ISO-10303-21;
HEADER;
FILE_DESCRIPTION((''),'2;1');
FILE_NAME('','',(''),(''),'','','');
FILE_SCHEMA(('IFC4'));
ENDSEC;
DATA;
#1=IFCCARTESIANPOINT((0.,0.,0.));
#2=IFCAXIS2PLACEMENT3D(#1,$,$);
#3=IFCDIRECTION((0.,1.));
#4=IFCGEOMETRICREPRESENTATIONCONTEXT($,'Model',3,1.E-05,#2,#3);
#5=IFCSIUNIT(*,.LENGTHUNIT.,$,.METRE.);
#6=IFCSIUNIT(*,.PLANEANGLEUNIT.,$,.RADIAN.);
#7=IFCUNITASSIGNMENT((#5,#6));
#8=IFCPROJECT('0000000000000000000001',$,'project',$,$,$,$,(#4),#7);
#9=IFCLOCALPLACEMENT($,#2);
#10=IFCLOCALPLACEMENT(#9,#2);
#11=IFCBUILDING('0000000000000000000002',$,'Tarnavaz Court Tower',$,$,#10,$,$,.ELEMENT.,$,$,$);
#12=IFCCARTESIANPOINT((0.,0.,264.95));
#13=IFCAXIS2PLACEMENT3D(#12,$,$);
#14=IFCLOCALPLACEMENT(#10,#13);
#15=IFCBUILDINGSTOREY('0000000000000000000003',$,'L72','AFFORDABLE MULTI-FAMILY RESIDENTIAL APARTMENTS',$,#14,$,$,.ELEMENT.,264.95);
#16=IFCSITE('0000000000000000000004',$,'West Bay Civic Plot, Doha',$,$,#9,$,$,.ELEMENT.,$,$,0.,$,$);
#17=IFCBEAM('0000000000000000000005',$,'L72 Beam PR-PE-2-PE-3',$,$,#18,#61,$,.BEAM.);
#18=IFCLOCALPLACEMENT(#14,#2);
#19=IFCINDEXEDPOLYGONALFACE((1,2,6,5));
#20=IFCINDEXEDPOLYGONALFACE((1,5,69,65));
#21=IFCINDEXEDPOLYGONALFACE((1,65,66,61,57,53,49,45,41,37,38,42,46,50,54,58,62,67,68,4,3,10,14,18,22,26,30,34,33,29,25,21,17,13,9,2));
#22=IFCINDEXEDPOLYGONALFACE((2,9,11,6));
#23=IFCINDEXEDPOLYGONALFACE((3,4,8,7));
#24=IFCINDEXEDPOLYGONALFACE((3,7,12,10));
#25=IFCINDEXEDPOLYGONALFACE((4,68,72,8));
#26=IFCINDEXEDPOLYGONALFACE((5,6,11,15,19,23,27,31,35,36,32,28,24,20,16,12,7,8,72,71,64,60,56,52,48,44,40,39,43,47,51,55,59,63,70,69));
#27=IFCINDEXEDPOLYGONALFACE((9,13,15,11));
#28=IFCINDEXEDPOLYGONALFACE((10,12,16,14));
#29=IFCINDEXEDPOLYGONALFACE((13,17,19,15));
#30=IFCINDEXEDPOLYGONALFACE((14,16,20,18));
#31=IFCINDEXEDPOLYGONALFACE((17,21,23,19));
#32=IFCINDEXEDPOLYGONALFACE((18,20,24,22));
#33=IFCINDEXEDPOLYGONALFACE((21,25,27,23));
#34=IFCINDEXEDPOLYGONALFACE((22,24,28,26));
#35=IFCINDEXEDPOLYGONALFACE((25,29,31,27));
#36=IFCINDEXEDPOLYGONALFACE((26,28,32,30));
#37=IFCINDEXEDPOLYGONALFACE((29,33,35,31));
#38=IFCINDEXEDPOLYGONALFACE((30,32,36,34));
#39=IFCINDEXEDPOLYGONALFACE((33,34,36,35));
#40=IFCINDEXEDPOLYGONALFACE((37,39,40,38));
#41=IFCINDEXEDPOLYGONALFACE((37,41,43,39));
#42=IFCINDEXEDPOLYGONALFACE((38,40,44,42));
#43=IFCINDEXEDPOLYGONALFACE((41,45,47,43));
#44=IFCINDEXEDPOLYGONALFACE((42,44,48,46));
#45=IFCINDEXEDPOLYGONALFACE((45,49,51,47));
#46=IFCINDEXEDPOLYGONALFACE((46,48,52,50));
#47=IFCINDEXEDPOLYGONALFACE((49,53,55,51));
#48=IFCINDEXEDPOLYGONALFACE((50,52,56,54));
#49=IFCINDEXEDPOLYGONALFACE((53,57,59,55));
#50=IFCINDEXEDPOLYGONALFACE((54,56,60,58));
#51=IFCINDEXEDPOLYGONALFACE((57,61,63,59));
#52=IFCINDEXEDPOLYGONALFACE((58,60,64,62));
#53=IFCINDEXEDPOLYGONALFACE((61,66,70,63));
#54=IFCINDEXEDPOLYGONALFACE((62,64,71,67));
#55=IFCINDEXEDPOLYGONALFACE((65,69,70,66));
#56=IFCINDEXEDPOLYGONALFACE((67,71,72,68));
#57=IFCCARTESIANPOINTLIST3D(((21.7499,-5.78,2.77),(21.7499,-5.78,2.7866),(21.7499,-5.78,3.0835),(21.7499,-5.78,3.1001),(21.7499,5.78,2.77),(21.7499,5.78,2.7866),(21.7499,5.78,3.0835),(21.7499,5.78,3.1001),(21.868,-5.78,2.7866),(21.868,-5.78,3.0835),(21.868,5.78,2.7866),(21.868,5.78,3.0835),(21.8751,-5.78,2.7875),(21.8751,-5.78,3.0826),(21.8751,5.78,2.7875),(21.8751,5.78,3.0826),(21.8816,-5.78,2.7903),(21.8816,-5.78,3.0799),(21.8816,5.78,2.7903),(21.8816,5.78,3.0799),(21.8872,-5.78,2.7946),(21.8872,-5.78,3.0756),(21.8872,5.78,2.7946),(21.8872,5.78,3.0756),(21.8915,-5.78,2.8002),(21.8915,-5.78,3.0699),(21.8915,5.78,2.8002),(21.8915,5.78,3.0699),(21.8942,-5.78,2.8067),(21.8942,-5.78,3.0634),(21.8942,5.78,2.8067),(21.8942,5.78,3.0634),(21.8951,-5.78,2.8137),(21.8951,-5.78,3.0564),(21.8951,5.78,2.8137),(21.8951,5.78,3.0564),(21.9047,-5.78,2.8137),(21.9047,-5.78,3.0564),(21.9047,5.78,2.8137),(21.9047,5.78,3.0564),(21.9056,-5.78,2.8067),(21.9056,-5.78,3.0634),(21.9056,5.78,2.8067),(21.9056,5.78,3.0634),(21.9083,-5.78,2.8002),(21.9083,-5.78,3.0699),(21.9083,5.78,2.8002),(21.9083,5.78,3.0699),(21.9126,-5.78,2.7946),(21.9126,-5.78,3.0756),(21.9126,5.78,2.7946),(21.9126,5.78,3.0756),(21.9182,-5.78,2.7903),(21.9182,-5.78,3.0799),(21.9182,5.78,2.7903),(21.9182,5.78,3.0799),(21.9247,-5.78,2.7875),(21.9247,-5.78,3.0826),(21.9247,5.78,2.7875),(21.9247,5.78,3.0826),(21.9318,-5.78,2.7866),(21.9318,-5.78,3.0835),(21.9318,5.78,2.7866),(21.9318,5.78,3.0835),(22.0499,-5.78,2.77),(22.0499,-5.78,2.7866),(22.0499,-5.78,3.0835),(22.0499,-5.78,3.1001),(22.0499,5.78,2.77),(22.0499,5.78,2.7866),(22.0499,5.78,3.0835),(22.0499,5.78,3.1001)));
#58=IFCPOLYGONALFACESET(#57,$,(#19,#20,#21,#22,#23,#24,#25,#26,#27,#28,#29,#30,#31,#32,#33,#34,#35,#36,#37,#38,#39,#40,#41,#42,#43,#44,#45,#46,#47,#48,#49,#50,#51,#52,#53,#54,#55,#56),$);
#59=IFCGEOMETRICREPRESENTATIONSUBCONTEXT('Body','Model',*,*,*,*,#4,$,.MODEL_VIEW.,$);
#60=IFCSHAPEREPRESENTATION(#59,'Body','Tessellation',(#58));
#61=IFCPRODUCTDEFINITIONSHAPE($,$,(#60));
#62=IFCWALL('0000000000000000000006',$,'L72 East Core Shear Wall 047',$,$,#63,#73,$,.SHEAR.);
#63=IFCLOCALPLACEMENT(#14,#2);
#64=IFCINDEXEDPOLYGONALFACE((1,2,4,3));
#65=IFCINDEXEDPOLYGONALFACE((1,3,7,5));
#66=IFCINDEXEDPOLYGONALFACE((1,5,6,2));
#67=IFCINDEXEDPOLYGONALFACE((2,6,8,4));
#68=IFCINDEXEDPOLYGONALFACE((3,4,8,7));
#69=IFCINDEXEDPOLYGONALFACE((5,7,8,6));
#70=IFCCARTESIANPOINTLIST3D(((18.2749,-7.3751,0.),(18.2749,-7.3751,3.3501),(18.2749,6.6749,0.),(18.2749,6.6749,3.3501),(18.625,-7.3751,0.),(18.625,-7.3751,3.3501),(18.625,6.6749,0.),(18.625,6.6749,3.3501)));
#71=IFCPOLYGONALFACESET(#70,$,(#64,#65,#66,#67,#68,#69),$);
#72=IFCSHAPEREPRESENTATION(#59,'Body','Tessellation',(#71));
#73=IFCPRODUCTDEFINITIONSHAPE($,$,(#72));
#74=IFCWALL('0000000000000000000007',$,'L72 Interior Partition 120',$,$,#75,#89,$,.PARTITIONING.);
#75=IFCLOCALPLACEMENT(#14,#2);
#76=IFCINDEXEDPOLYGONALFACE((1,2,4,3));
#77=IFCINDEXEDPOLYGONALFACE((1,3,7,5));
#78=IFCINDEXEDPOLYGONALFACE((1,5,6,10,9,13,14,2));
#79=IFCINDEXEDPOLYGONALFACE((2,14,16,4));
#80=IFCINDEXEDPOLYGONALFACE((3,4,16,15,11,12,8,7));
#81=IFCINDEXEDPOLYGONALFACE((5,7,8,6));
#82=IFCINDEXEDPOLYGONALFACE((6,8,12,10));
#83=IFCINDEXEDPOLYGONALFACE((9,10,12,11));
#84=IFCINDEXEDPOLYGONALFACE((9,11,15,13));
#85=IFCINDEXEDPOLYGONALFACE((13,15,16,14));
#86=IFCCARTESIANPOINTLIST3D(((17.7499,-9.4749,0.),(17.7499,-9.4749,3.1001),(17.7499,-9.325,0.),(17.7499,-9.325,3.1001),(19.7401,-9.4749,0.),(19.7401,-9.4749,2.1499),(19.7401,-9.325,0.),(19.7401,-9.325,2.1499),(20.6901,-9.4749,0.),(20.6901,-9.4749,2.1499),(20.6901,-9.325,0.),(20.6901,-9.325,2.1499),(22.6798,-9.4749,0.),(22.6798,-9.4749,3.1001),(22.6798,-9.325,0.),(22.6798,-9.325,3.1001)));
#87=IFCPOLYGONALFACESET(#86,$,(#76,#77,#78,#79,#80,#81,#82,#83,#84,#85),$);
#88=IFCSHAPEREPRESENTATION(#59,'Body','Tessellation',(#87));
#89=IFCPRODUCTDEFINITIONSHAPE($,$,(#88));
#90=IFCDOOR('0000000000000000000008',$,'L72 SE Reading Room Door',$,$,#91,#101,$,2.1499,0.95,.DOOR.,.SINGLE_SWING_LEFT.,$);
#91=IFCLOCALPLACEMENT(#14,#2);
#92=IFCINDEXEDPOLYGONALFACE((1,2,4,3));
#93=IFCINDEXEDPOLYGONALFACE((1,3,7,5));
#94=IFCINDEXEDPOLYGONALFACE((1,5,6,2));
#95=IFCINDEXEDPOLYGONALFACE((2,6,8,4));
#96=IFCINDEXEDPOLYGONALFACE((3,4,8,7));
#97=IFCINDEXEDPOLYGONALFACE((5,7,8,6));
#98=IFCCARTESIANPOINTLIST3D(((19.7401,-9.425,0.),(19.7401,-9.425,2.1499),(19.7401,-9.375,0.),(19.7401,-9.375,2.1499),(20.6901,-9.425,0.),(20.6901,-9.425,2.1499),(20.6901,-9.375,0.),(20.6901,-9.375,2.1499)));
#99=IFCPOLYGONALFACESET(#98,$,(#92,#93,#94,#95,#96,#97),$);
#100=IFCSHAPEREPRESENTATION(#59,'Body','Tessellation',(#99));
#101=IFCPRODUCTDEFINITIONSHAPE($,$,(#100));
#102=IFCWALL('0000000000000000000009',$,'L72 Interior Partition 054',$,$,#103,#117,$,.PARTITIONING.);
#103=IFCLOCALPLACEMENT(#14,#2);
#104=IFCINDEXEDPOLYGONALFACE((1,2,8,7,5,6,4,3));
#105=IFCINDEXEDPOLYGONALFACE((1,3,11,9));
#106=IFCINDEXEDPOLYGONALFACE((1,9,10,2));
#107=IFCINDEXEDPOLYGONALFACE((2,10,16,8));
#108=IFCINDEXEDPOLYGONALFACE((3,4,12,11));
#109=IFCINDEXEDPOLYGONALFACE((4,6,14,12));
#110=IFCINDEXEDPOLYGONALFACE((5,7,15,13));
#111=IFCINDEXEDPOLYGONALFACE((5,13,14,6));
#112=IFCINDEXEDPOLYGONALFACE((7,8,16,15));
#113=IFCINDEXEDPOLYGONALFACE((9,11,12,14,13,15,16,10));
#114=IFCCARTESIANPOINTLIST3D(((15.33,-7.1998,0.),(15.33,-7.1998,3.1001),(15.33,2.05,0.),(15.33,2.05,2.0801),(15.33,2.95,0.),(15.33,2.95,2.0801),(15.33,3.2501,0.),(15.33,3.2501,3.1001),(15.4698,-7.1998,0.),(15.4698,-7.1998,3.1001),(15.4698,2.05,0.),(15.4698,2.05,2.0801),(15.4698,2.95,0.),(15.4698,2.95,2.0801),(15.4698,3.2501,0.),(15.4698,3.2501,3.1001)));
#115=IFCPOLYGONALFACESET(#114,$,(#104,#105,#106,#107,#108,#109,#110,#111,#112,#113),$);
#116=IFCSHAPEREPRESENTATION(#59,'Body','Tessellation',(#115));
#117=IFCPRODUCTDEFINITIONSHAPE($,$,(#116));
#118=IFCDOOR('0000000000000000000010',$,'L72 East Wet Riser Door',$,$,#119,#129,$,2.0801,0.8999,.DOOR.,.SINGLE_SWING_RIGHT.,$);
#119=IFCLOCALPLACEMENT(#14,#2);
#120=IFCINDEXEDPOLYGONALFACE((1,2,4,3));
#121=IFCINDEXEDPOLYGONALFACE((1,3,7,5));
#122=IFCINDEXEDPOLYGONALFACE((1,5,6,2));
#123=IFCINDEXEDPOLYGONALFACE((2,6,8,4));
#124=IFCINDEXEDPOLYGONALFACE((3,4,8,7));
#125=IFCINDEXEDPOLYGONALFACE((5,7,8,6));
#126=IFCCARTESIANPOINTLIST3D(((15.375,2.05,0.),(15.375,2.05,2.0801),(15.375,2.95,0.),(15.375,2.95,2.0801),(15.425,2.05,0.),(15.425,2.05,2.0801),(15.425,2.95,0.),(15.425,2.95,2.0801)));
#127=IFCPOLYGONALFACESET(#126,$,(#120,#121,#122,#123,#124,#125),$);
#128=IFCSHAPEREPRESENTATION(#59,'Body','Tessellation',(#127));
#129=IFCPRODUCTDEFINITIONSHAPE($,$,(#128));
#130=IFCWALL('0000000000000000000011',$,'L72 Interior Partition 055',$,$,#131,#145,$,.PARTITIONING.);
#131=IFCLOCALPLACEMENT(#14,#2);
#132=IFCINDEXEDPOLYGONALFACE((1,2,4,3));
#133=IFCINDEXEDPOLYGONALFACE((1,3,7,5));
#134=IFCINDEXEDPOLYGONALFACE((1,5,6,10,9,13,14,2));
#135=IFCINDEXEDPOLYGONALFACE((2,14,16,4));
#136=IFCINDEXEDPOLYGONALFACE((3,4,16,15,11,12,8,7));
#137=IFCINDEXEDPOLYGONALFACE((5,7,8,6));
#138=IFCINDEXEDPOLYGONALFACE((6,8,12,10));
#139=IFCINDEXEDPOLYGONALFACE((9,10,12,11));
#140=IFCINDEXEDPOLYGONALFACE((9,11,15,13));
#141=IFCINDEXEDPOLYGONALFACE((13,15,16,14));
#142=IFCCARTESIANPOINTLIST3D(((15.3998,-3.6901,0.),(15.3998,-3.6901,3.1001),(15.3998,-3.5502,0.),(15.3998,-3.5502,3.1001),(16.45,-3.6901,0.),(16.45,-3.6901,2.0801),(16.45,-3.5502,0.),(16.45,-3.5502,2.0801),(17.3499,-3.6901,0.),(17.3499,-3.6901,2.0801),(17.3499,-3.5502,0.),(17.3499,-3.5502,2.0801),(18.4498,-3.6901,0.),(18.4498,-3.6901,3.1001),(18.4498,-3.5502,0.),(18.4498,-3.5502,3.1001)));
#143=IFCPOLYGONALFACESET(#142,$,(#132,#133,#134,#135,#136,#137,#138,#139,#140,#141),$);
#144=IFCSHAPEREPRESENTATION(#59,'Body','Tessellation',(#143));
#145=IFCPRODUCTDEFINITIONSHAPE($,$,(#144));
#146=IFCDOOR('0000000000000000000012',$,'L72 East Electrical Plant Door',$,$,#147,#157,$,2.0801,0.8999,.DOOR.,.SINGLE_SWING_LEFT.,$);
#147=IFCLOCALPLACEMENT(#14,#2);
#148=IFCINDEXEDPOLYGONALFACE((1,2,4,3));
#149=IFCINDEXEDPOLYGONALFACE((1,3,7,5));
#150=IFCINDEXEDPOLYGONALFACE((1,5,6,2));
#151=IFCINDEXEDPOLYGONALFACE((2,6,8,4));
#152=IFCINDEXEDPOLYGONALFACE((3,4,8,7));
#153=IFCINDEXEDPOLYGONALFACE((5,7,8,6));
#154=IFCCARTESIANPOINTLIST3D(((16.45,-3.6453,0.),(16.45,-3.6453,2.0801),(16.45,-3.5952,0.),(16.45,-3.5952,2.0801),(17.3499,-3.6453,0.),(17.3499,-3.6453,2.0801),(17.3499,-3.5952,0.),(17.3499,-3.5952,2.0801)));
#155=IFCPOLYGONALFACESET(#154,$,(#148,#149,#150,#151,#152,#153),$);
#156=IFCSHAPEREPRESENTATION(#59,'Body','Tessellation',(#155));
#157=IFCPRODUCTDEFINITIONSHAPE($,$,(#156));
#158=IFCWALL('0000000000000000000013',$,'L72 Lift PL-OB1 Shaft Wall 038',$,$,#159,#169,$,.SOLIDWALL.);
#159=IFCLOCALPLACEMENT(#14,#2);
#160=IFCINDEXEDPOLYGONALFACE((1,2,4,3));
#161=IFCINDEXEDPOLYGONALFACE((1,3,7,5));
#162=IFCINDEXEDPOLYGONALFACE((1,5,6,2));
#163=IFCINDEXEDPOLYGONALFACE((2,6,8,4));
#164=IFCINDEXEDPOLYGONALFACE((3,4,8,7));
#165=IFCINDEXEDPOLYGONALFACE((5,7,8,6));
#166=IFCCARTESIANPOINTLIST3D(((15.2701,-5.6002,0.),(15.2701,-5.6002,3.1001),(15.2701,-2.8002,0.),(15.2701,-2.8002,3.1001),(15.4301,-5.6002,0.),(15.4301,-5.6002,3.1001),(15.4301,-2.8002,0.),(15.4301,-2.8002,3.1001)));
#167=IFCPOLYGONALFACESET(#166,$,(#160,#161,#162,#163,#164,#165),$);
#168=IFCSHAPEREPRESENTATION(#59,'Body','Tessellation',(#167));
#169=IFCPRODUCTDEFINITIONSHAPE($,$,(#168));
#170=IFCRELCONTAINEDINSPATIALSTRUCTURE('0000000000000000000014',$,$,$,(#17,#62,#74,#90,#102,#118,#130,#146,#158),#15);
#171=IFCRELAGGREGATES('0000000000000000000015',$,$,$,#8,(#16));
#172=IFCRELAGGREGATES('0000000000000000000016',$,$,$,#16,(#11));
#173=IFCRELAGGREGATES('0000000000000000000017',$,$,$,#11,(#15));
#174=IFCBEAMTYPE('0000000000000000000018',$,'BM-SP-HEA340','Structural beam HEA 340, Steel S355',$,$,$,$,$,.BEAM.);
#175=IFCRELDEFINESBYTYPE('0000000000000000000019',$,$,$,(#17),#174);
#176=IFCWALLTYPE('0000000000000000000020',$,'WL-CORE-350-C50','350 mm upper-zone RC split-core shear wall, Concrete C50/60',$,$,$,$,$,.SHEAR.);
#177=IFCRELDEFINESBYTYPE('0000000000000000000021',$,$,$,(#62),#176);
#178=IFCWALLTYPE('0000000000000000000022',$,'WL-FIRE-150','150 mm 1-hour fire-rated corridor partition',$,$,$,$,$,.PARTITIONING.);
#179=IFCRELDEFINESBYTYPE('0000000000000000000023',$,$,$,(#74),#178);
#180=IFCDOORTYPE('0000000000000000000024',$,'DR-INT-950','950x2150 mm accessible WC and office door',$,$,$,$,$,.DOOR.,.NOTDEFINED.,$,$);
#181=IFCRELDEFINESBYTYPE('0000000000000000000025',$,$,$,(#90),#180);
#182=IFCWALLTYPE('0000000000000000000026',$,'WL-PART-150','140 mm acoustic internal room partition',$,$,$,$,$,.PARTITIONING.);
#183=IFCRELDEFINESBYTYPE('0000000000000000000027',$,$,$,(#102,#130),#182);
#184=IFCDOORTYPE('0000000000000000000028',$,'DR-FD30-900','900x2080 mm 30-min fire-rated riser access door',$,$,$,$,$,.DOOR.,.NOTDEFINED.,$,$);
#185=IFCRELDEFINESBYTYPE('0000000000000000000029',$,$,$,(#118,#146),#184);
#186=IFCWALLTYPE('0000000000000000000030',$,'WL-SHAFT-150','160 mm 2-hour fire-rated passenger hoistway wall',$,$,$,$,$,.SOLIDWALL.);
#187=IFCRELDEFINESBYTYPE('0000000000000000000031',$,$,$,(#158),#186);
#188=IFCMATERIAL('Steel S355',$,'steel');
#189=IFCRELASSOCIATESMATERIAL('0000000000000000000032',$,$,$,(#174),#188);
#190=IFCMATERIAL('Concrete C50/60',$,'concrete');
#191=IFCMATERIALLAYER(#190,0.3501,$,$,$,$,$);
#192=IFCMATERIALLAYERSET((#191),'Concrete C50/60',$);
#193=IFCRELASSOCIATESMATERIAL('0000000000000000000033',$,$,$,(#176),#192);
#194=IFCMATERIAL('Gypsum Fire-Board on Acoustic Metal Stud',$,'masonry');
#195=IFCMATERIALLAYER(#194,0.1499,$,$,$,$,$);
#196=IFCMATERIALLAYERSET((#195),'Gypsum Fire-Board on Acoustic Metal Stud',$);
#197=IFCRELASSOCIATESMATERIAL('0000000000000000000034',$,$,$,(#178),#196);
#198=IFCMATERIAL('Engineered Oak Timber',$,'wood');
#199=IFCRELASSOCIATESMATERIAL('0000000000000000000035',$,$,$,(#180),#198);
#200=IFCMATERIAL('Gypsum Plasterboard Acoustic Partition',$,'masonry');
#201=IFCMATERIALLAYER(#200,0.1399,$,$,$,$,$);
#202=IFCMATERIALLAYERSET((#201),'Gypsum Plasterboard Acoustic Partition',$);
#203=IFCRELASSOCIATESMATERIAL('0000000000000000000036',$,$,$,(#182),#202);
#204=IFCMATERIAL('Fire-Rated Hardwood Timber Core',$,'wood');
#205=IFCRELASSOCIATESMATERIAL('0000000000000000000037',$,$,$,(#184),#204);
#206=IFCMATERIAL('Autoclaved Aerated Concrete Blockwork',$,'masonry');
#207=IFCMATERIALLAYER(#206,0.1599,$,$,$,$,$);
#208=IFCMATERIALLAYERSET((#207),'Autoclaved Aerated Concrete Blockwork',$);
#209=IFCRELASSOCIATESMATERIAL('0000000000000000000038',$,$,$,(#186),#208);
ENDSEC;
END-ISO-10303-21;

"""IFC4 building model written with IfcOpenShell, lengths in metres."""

from ifc_helpers import new_model, si_unit, direction, frame, frame_2d, origin, origin_2d, place, context, subcontext, project, spatial, rectangle, i_section, extrude, material, layer, layer_set, material_profile, profile_set, type_object, element, fill, save


model = new_model("IFC4")

# Units and contexts
model_context = context("Model", 3, precision=1e-05, world=origin(), true_north=direction((0.0, 1.0)))
body_context = subcontext(model_context, "Body", "Model", "MODEL_VIEW")
ifc_project = project(units=[si_unit("LENGTHUNIT", "METRE"), si_unit("PLANEANGLEUNIT", "RADIAN")], contexts=[model_context])

# Site, building, storey
site_placement = place(None, origin())
site = spatial("IfcSite", under=ifc_project, at=site_placement, Name="West Bay Civic Plot, Doha", CompositionType="ELEMENT", RefElevation=0.0)
building_placement = place(site_placement, origin())
building = spatial("IfcBuilding", under=site, at=building_placement, Name="Tarnavaz Court Tower", CompositionType="ELEMENT")
storey_placement = place(building_placement, frame((0.0, 0.0, 264.95)))
storey = spatial("IfcBuildingStorey", under=building, at=storey_placement, Name="L72", Description="AFFORDABLE MULTI-FAMILY RESIDENTIAL APARTMENTS", CompositionType="ELEMENT", Elevation=264.95)

# Shared definitions
ifc_material_1 = material(Name="Concrete C50/60", Category="concrete")

# Beam
ifc_material_2 = material(Name="Steel S355", Category="steel")
ifc_material_profile_1 = material_profile(ifc_material_2, i_section(OverallWidth=0.3, OverallDepth=0.3301, WebThickness=0.0095, FlangeThickness=0.0166, FilletRadius=0.0271, at=origin_2d()), Name="HEA 340")
ifc_profile_set_1 = profile_set([ifc_material_profile_1], Name="Steel S355")
beam_type_1 = type_object("IfcBeamType", Name="BM-SP-HEA340", Description="Structural beam HEA 340, Steel S355", PredefinedType="BEAM", material=ifc_profile_set_1)
beam_1_placement = place(storey_placement, frame((21.8999, -5.78, 2.9351), z_axis=(0.0, 1.0, 0.0), x_axis=(-1.0, 0.0, 0.0)))
element("IfcBeam", 1, at=beam_1_placement, inside=storey, type_object=beam_type_1, Name="L72 Beam PR-PE-2-PE-3", PredefinedType="BEAM", context=body_context, shape_type="SweptSolid", body=[
    extrude(i_section(OverallWidth=0.3, OverallDepth=0.3301, WebThickness=0.0095, FlangeThickness=0.0166, FilletRadius=0.0271, at=origin_2d()), origin(), (0.0, 0.0, 1.0), 11.5601),
])

# Wall
ifc_layer_1 = layer(ifc_material_1, 0.3501)
ifc_layer_set_1 = layer_set([ifc_layer_1], Name="Concrete C50/60")
wall_type_1 = type_object("IfcWallType", Name="WL-CORE-350-C50", Description="350 mm upper-zone RC split-core shear wall, Concrete C50/60", PredefinedType="SHEAR", material=ifc_layer_set_1)
wall_1_placement = place(storey_placement, frame((18.45, -7.375, 0.0), z_axis=(0.0, 0.0, 1.0), x_axis=(0.0, 1.0, 0.0)))
element("IfcWall", 2, at=wall_1_placement, inside=storey, type_object=wall_type_1, Name="L72 East Core Shear Wall 047", PredefinedType="SHEAR", context=body_context, shape_type="SweptSolid", body=[
    extrude(rectangle(XDim=14.05, YDim=0.3501, at=frame_2d((7.0249, 0.0))), origin(), (0.0, 0.0, 1.0), 3.3501),
])

# Walls, openings, doors
ifc_material_3 = material(Name="Gypsum Fire-Board on Acoustic Metal Stud", Category="masonry")
ifc_layer_2 = layer(ifc_material_3, 0.1499)
ifc_layer_set_2 = layer_set([ifc_layer_2], Name="Gypsum Fire-Board on Acoustic Metal Stud")
wall_type_2 = type_object("IfcWallType", Name="WL-FIRE-150", Description="150 mm 1-hour fire-rated corridor partition", PredefinedType="PARTITIONING", material=ifc_layer_set_2)
ifc_material_4 = material(Name="Engineered Oak Timber", Category="wood")
wall_2_placement = place(storey_placement, frame((17.75, -9.3999, 0.0), z_axis=(0.0, 0.0, 1.0), x_axis=(1.0, 0.0, 0.0)))
wall_2 = element("IfcWall", 3, at=wall_2_placement, inside=storey, type_object=wall_type_2, Name="L72 Interior Partition 120", PredefinedType="PARTITIONING", context=body_context, shape_type="SweptSolid", body=[
    extrude(rectangle(XDim=4.9299, YDim=0.1499, at=frame_2d((2.4648, 0.0))), origin(), (0.0, 0.0, 1.0), 3.1001),
])
opening_1_placement = place(wall_2_placement, frame((1.99, 0.0, 0.0)))
opening_1 = element("IfcOpeningElement", 4, at=opening_1_placement, cuts=wall_2, PredefinedType="OPENING", context=body_context, shape_type="SweptSolid", body=[
    extrude(rectangle(XDim=0.95, YDim=2.1499, at=frame_2d((0.4751, 1.075))), frame((0.0, 0.085, 0.0), z_axis=(0.0, -1.0, 0.0), x_axis=(1.0, 0.0, 0.0)), (0.0, 0.0, 1.0), 0.1699),
])
door_type_1 = type_object("IfcDoorType", Name="DR-INT-950", Description="950x2150 mm accessible WC and office door", OperationType="NOTDEFINED", PredefinedType="DOOR", material=ifc_material_4)
door_1_placement = place(opening_1_placement, origin())
door_1 = element("IfcDoor", 5, at=door_1_placement, inside=storey, type_object=door_type_1, Name="L72 SE Reading Room Door", OperationType="SINGLE_SWING_LEFT", OverallHeight=2.1499, OverallWidth=0.95, PredefinedType="DOOR", context=body_context, shape_type="SweptSolid", body=[
    extrude(rectangle(XDim=0.95, YDim=2.1499, at=frame_2d((0.4751, 1.075))), frame((0.0, 0.0249, 0.0), z_axis=(0.0, -1.0, 0.0), x_axis=(1.0, 0.0, 0.0)), (0.0, 0.0, 1.0), 0.05),
])
fill(opening_1, door_1)
ifc_material_5 = material(Name="Gypsum Plasterboard Acoustic Partition", Category="masonry")
ifc_layer_3 = layer(ifc_material_5, 0.1399)
ifc_layer_set_3 = layer_set([ifc_layer_3], Name="Gypsum Plasterboard Acoustic Partition")
wall_type_3 = type_object("IfcWallType", Name="WL-PART-150", Description="140 mm acoustic internal room partition", PredefinedType="PARTITIONING", material=ifc_layer_set_3)
wall_3_placement = place(storey_placement, frame((15.3999, -7.2, 0.0), z_axis=(0.0, 0.0, 1.0), x_axis=(0.0, 1.0, 0.0)))
wall_3 = element("IfcWall", 6, at=wall_3_placement, inside=storey, type_object=wall_type_3, Name="L72 Interior Partition 054", PredefinedType="PARTITIONING", context=body_context, shape_type="SweptSolid", body=[
    extrude(rectangle(XDim=10.45, YDim=0.1399, at=frame_2d((5.2251, 0.0))), origin(), (0.0, 0.0, 1.0), 3.1001),
])
opening_2_placement = place(wall_3_placement, frame((9.25, 0.0, 0.0)))
opening_2 = element("IfcOpeningElement", 7, at=opening_2_placement, cuts=wall_3, PredefinedType="OPENING", context=body_context, shape_type="SweptSolid", body=[
    extrude(rectangle(XDim=0.8999, YDim=2.0801, at=frame_2d((0.45, 1.04))), frame((0.0, 0.0798, 0.0), z_axis=(0.0, -1.0, 0.0), x_axis=(1.0, 0.0, 0.0)), (0.0, 0.0, 1.0), 0.1599),
])
ifc_material_6 = material(Name="Fire-Rated Hardwood Timber Core", Category="wood")
door_type_2 = type_object("IfcDoorType", Name="DR-FD30-900", Description="900x2080 mm 30-min fire-rated riser access door", OperationType="NOTDEFINED", PredefinedType="DOOR", material=ifc_material_6)
door_2_placement = place(opening_2_placement, origin())
door_2 = element("IfcDoor", 8, at=door_2_placement, inside=storey, type_object=door_type_2, Name="L72 East Wet Riser Door", OperationType="SINGLE_SWING_RIGHT", OverallHeight=2.0801, OverallWidth=0.8999, PredefinedType="DOOR", context=body_context, shape_type="SweptSolid", body=[
    extrude(rectangle(XDim=0.8999, YDim=2.0801, at=frame_2d((0.45, 1.04))), frame((0.0, 0.0249, 0.0), z_axis=(0.0, -1.0, 0.0), x_axis=(1.0, 0.0, 0.0)), (0.0, 0.0, 1.0), 0.05),
])
fill(opening_2, door_2)
wall_4_placement = place(storey_placement, frame((15.3999, -3.6201, 0.0), z_axis=(0.0, 0.0, 1.0), x_axis=(1.0, 0.0, 0.0)))
wall_4 = element("IfcWall", 9, at=wall_4_placement, inside=storey, type_object=wall_type_3, Name="L72 Interior Partition 055", PredefinedType="PARTITIONING", context=body_context, shape_type="SweptSolid", body=[
    extrude(rectangle(XDim=3.05, YDim=0.1399, at=frame_2d((1.5249, 0.0))), origin(), (0.0, 0.0, 1.0), 3.1001),
])
opening_3_placement = place(wall_4_placement, frame((1.05, 0.0, 0.0)))
opening_3 = element("IfcOpeningElement", 10, at=opening_3_placement, cuts=wall_4, PredefinedType="OPENING", context=body_context, shape_type="SweptSolid", body=[
    extrude(rectangle(XDim=0.8999, YDim=2.0801, at=frame_2d((0.45, 1.04))), frame((0.0, 0.0798, 0.0), z_axis=(0.0, -1.0, 0.0), x_axis=(1.0, 0.0, 0.0)), (0.0, 0.0, 1.0), 0.1599),
])
door_3_placement = place(opening_3_placement, origin())
door_3 = element("IfcDoor", 11, at=door_3_placement, inside=storey, type_object=door_type_2, Name="L72 East Electrical Plant Door", OperationType="SINGLE_SWING_LEFT", OverallHeight=2.0801, OverallWidth=0.8999, PredefinedType="DOOR", context=body_context, shape_type="SweptSolid", body=[
    extrude(rectangle(XDim=0.8999, YDim=2.0801, at=frame_2d((0.45, 1.04))), frame((0.0, 0.0249, 0.0), z_axis=(0.0, -1.0, 0.0), x_axis=(1.0, 0.0, 0.0)), (0.0, 0.0, 1.0), 0.05),
])
fill(opening_3, door_3)

# Wall
ifc_material_7 = material(Name="Autoclaved Aerated Concrete Blockwork", Category="masonry")
ifc_layer_4 = layer(ifc_material_7, 0.1599)
ifc_layer_set_4 = layer_set([ifc_layer_4], Name="Autoclaved Aerated Concrete Blockwork")
wall_type_4 = type_object("IfcWallType", Name="WL-SHAFT-150", Description="160 mm 2-hour fire-rated passenger hoistway wall", PredefinedType="SOLIDWALL", material=ifc_layer_set_4)
wall_5_placement = place(storey_placement, frame((15.3501, -5.6001, 0.0), z_axis=(0.0, 0.0, 1.0), x_axis=(0.0, 1.0, 0.0)))
element("IfcWall", 12, at=wall_5_placement, inside=storey, type_object=wall_type_4, Name="L72 Lift PL-OB1 Shaft Wall 038", PredefinedType="SOLIDWALL", context=body_context, shape_type="SweptSolid", body=[
    extrude(rectangle(XDim=2.8, YDim=0.1599, at=frame_2d((1.3999, 0.0))), origin(), (0.0, 0.0, 1.0), 3.1001),
])

save(model, "model.ifc")
